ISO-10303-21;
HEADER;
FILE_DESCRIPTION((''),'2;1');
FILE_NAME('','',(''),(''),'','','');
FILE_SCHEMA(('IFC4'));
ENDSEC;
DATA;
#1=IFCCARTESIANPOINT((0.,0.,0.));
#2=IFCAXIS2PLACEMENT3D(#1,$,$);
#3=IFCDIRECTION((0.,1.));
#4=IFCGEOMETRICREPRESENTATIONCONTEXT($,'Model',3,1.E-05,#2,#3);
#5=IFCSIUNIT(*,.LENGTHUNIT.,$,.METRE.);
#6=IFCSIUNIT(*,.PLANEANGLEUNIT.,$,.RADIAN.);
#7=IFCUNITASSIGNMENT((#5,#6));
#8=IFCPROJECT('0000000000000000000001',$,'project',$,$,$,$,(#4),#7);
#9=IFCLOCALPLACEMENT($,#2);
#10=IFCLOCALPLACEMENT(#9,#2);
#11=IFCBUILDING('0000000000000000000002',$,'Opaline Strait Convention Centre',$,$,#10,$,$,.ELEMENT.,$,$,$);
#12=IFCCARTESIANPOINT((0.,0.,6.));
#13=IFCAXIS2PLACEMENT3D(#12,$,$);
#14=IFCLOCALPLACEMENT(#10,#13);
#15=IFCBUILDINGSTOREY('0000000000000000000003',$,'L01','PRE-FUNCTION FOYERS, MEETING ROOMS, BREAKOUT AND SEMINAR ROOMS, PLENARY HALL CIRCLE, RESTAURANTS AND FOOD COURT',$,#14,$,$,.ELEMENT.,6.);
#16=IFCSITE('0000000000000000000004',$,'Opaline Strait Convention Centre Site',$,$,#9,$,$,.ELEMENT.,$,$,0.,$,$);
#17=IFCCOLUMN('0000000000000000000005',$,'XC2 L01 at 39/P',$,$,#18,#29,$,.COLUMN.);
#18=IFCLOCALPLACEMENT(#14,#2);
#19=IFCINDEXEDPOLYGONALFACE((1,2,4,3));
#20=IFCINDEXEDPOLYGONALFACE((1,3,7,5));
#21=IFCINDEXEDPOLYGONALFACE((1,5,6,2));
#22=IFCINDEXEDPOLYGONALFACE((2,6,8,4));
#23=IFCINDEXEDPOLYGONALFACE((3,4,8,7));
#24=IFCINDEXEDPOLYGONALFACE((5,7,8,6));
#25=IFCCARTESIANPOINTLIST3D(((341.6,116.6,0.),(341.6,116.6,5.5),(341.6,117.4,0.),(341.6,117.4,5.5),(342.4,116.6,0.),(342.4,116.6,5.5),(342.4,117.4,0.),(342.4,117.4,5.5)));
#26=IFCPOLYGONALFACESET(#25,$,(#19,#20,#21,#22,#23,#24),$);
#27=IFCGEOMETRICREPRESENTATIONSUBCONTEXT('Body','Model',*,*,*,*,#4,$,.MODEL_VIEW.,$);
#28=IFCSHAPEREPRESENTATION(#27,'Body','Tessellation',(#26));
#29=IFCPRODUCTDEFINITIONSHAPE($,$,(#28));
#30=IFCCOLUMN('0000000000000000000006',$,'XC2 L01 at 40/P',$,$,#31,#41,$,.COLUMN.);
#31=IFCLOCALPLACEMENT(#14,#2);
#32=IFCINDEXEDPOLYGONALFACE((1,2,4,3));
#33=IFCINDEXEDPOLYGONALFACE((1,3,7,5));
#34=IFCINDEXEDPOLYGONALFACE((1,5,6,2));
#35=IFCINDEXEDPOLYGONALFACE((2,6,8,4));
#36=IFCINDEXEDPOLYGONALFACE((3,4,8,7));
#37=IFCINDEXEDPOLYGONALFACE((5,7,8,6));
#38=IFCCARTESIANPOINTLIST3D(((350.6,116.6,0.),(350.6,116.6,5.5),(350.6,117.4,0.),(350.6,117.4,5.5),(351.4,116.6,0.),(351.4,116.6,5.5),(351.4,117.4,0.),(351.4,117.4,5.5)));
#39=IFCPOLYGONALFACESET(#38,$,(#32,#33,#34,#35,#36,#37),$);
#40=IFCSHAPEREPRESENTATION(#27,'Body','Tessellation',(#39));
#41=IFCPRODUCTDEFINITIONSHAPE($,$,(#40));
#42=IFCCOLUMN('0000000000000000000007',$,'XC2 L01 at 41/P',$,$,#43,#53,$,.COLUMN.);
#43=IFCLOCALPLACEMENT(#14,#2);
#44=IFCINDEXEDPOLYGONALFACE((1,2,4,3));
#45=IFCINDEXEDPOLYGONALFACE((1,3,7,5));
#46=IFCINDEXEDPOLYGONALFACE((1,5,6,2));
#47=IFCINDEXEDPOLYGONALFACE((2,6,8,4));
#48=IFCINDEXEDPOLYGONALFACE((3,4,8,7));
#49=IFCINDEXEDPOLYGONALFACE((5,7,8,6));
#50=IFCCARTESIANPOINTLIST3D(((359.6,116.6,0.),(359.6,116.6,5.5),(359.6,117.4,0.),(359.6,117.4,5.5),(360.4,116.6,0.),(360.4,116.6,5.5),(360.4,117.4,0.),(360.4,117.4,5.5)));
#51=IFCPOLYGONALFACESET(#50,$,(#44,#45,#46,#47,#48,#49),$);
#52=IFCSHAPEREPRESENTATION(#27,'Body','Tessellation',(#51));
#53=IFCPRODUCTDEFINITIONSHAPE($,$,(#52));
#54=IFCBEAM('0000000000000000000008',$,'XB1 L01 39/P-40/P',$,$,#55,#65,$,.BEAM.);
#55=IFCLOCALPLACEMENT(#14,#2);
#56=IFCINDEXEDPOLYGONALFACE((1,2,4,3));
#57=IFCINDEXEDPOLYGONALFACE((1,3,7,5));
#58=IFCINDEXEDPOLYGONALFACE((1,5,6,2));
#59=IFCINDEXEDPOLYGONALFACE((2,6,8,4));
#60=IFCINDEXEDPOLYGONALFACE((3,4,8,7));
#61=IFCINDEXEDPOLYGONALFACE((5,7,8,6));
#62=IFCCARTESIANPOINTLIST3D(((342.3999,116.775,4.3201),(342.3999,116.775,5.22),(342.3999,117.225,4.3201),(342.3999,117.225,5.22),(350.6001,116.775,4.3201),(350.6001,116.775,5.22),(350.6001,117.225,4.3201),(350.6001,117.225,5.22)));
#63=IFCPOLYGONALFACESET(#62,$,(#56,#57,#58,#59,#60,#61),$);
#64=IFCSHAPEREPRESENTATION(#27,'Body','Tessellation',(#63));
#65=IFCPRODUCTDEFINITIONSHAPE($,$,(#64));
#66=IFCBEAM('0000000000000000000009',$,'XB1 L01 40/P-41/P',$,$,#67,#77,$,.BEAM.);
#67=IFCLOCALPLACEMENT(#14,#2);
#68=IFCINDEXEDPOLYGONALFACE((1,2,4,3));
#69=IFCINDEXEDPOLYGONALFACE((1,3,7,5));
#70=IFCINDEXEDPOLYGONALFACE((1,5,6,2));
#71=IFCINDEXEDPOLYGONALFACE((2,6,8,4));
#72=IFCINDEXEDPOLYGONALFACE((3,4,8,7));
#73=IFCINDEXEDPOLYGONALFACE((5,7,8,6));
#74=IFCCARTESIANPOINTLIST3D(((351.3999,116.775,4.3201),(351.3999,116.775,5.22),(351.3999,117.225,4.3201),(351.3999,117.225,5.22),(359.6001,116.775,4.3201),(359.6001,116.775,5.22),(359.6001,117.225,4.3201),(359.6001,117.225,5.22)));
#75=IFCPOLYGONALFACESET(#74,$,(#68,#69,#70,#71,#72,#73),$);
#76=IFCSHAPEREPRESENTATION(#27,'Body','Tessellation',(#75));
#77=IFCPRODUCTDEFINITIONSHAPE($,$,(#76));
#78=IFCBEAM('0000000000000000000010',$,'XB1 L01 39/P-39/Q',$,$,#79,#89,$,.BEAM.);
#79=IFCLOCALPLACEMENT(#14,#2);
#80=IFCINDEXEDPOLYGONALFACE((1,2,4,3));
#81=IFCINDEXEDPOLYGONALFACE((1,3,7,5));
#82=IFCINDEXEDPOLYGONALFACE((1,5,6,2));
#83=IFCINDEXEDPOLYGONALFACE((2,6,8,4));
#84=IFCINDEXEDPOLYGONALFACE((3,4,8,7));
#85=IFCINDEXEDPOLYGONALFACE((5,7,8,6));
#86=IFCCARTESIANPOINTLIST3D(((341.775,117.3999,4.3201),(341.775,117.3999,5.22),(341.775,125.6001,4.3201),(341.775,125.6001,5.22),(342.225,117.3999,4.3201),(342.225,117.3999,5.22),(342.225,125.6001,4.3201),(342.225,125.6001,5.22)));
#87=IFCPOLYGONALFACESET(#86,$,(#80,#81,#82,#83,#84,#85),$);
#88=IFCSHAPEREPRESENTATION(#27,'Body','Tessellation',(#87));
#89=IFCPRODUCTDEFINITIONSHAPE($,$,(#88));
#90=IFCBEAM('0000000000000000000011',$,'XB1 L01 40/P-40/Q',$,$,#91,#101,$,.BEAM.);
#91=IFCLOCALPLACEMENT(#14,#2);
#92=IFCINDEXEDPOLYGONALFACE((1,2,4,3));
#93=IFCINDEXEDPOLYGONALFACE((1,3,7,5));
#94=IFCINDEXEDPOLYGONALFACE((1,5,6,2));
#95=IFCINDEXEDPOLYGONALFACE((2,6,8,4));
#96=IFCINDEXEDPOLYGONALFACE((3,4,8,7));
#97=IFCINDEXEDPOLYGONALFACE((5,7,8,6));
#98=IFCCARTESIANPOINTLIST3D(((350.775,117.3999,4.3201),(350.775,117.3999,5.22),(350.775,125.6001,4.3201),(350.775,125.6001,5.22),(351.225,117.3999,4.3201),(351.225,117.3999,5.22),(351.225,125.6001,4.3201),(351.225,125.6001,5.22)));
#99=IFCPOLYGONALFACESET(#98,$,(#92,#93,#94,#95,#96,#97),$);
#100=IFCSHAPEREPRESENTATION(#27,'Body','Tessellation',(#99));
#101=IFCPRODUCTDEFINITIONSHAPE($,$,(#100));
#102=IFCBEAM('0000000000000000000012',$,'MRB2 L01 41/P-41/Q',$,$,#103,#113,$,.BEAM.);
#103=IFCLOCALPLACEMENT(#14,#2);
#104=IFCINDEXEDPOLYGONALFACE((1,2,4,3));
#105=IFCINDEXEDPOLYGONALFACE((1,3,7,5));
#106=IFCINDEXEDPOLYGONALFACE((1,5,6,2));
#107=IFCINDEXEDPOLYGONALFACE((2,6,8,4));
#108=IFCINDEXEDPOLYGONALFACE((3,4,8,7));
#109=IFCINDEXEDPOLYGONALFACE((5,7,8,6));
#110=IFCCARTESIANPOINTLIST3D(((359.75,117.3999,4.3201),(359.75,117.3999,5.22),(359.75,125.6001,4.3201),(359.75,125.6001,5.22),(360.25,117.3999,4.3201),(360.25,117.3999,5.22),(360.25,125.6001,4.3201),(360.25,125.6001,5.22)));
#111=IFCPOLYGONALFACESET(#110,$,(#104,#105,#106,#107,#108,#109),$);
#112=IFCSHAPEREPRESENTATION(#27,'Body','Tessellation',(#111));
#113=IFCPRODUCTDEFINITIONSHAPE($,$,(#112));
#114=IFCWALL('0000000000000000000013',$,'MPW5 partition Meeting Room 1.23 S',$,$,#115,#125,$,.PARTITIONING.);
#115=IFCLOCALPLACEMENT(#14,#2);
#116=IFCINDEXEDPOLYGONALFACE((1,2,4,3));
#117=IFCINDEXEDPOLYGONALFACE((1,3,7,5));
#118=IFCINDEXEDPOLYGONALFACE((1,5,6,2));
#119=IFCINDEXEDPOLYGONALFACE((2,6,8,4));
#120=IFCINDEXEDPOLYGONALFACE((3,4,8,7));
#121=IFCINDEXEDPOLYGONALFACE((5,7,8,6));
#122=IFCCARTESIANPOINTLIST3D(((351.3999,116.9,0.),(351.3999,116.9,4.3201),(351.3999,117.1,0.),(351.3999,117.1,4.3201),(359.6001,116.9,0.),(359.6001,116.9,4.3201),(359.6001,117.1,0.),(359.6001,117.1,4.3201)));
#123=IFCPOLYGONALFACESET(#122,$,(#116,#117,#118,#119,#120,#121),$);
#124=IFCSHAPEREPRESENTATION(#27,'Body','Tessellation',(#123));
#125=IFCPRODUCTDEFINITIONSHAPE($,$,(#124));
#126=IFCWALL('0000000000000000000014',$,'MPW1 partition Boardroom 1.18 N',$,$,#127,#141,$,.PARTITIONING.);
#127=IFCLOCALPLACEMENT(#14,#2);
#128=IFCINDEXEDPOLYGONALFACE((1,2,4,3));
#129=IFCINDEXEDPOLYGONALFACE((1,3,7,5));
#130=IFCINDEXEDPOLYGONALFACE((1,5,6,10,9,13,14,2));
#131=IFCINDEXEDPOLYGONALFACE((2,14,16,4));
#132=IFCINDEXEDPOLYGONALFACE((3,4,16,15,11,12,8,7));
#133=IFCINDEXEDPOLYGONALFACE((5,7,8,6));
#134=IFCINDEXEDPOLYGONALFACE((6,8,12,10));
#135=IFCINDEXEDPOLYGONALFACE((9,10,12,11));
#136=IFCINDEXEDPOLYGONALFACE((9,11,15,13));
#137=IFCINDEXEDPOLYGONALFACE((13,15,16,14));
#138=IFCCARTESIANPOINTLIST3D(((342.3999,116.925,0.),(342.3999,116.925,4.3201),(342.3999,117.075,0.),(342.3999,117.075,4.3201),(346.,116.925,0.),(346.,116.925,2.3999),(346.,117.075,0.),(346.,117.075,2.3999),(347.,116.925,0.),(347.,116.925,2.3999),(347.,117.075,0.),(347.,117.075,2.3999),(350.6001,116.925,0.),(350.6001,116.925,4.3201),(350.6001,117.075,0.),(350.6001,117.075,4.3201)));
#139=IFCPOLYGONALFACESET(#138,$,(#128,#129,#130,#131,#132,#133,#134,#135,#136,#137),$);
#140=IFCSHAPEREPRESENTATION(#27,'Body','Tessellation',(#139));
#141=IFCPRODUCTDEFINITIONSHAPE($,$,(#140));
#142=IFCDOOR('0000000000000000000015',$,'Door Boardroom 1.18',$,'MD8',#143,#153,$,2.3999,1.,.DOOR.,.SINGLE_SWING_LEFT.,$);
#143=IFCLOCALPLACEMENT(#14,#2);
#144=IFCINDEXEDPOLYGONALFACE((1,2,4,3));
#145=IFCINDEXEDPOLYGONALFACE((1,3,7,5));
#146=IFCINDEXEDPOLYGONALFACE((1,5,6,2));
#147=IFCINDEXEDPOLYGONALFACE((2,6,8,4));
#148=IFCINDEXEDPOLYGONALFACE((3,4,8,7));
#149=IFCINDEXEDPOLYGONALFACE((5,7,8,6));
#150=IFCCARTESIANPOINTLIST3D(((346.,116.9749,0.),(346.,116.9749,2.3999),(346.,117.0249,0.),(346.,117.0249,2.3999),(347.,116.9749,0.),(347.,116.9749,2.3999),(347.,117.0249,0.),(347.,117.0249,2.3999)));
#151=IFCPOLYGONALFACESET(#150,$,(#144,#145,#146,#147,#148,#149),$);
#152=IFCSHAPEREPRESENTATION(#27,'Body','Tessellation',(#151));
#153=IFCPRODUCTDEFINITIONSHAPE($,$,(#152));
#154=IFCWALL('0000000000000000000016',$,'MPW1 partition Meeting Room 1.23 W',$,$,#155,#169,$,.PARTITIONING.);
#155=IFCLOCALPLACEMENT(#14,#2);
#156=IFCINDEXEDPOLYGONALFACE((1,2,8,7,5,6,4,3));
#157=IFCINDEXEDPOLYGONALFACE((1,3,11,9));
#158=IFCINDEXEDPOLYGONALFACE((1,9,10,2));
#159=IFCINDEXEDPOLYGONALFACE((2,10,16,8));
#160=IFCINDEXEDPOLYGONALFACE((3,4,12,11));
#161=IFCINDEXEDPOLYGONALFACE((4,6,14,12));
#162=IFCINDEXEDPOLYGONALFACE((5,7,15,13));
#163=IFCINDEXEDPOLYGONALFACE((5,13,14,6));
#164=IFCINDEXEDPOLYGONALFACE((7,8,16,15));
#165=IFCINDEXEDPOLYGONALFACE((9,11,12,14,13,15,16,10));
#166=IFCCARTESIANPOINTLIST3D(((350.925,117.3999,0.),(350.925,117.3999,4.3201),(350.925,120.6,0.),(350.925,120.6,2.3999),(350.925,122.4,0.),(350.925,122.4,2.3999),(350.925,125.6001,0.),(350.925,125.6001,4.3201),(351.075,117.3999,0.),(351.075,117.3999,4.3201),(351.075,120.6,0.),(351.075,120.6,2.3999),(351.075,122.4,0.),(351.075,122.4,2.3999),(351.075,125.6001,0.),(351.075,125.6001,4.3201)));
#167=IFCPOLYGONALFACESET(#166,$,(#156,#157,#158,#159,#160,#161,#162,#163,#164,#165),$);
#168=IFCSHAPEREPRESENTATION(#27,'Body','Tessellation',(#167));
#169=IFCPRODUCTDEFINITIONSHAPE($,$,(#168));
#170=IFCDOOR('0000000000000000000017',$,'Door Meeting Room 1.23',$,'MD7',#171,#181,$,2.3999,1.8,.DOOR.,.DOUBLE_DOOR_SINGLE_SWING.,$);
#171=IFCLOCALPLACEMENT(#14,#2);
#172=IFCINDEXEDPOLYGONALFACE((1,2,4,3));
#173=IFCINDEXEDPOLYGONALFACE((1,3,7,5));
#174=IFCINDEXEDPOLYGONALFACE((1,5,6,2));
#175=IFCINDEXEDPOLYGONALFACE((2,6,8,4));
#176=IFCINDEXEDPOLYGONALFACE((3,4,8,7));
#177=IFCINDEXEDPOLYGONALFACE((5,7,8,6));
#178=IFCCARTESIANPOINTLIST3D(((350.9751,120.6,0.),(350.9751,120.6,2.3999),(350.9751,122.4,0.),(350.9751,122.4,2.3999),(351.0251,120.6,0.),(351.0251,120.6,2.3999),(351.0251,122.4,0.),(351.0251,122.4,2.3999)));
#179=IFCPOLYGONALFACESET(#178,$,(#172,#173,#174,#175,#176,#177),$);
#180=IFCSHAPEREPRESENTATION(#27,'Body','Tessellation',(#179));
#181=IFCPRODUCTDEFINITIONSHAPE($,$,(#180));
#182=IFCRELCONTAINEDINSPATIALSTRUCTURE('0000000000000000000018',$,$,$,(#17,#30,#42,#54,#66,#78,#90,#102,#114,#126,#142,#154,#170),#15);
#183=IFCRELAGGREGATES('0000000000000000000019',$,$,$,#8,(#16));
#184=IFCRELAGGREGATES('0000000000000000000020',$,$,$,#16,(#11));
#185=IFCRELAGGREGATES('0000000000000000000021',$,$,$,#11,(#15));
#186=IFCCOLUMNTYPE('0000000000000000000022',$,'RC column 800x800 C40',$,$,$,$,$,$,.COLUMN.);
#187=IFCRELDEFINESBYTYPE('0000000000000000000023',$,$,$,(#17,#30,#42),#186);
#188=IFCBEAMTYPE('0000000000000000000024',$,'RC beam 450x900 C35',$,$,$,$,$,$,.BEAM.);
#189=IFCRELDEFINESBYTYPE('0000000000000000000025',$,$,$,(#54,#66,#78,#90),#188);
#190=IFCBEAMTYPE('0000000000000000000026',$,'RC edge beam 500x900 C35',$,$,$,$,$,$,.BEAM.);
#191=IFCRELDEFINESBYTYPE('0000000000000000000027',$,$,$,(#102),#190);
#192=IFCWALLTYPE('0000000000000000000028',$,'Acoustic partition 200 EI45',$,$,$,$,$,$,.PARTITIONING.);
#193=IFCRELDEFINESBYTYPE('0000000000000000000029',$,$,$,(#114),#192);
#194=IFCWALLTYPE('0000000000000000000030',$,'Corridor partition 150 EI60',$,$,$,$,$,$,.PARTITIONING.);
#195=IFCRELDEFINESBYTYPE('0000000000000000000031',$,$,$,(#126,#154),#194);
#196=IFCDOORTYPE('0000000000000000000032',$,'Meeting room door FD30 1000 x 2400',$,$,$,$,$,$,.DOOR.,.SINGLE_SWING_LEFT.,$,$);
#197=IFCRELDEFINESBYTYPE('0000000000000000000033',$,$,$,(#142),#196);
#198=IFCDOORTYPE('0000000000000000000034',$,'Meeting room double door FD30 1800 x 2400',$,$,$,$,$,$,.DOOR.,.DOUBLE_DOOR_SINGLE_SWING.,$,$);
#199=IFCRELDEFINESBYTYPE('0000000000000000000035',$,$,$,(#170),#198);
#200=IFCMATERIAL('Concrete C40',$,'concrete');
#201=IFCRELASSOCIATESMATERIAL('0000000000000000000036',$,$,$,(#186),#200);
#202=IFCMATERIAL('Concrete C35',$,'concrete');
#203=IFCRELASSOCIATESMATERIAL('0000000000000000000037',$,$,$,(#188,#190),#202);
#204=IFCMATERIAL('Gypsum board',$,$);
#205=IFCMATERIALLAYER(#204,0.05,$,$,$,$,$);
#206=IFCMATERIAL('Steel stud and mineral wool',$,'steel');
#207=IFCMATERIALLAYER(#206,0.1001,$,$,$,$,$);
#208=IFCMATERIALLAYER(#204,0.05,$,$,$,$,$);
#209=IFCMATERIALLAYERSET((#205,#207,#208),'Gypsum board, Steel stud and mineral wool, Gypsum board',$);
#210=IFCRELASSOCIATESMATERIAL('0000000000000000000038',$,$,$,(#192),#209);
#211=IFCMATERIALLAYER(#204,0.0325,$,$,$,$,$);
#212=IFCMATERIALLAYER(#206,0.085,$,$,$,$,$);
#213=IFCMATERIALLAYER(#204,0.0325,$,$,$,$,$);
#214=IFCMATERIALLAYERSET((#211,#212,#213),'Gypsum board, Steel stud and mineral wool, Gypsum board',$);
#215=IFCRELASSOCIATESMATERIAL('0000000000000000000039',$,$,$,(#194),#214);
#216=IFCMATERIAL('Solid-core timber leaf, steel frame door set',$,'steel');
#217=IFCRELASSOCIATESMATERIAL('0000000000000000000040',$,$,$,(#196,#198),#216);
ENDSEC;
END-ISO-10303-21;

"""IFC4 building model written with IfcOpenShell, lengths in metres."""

from ifc_helpers import new_model, si_unit, direction, frame, frame_2d, origin, origin_2d, place, context, subcontext, project, spatial, rectangle, extrude, material, layer, layer_set, material_profile, profile_set, type_object, element, fill, save


model = new_model("IFC4")

# Units and contexts
model_context = context("Model", 3, precision=1e-05, world=origin(), true_north=direction((0.0, 1.0)))
body_context = subcontext(model_context, "Body", "Model", "MODEL_VIEW")
ifc_project = project(units=[si_unit("LENGTHUNIT", "METRE"), si_unit("PLANEANGLEUNIT", "RADIAN")], contexts=[model_context])

# Site, building, storey
site_placement = place(None, origin())
site = spatial("IfcSite", under=ifc_project, at=site_placement, Name="Opaline Strait Convention Centre Site", CompositionType="ELEMENT", RefElevation=0.0)
building_placement = place(site_placement, origin())
building = spatial("IfcBuilding", under=site, at=building_placement, Name="Opaline Strait Convention Centre", CompositionType="ELEMENT")
storey_placement = place(building_placement, frame((0.0, 0.0, 6.0)))
storey = spatial("IfcBuildingStorey", under=building, at=storey_placement, Name="L01", Description="PRE-FUNCTION FOYERS, MEETING ROOMS, BREAKOUT AND SEMINAR ROOMS, PLENARY HALL CIRCLE, RESTAURANTS AND FOOD COURT", CompositionType="ELEMENT", Elevation=6.0)

# Columns
ifc_material_1 = material(Name="Concrete C40", Category="concrete")
ifc_material_profile_1 = material_profile(ifc_material_1, rectangle(XDim=0.8, YDim=0.8, at=origin_2d()), Name="RC 800x800")
ifc_profile_set_1 = profile_set([ifc_material_profile_1], Name="Concrete C40")
column_type = type_object("IfcColumnType", Name="RC column 800x800 C40", PredefinedType="COLUMN", material=ifc_profile_set_1)
for number, where, z_axis, x_axis, name in (
    (1, (342.0, 117.0, 0.0), (0.0, 0.0, 1.0), (1.0, 0.0, 0.0), "XC2 L01 at 39/P"),
    (2, (351.0, 117.0, 0.0), (0.0, 0.0, 1.0), (1.0, 0.0, 0.0), "XC2 L01 at 40/P"),
    (3, (360.0, 117.0, 0.0), (0.0, 0.0, 1.0), (1.0, 0.0, 0.0), "XC2 L01 at 41/P"),
):
    element("IfcColumn", number, at=place(storey_placement, frame(where, z_axis=z_axis, x_axis=x_axis)), inside=storey, type_object=column_type, Name=name, PredefinedType="COLUMN", context=body_context, shape_type="SweptSolid", body=[
        extrude(rectangle(XDim=0.8, YDim=0.8, at=origin_2d()), origin(), (0.0, 0.0, 1.0), 5.5),
    ])

# Beams
ifc_material_2 = material(Name="Concrete C35", Category="concrete")
ifc_material_profile_2 = material_profile(ifc_material_2, rectangle(XDim=0.45, YDim=0.8999, at=origin_2d()), Name="RC 450x900")
ifc_profile_set_2 = profile_set([ifc_material_profile_2], Name="Concrete C35")
beam_type_1 = type_object("IfcBeamType", Name="RC beam 450x900 C35", PredefinedType="BEAM", material=ifc_profile_set_2)
for number, where, z_axis, x_axis, name in (
    (4, (342.3999, 117.0, 4.77), (1.0, 0.0, 0.0), (0.0, 1.0, 0.0), "XB1 L01 39/P-40/P"),
    (5, (351.3999, 117.0, 4.77), (1.0, 0.0, 0.0), (0.0, 1.0, 0.0), "XB1 L01 40/P-41/P"),
    (6, (342.0, 117.3999, 4.77), (0.0, 1.0, 0.0), (-1.0, 0.0, 0.0), "XB1 L01 39/P-39/Q"),
    (7, (351.0, 117.3999, 4.77), (0.0, 1.0, 0.0), (-1.0, 0.0, 0.0), "XB1 L01 40/P-40/Q"),
):
    element("IfcBeam", number, at=place(storey_placement, frame(where, z_axis=z_axis, x_axis=x_axis)), inside=storey, type_object=beam_type_1, Name=name, PredefinedType="BEAM", context=body_context, shape_type="SweptSolid", body=[
        extrude(rectangle(XDim=0.45, YDim=0.8999, at=origin_2d()), origin(), (0.0, 0.0, 1.0), 8.2002),
    ])
ifc_material_profile_3 = material_profile(ifc_material_2, rectangle(XDim=0.5, YDim=0.8999, at=origin_2d()), Name="RC 500x900")
ifc_profile_set_3 = profile_set([ifc_material_profile_3], Name="Concrete C35")
beam_type_2 = type_object("IfcBeamType", Name="RC edge beam 500x900 C35", PredefinedType="BEAM", material=ifc_profile_set_3)
beam_placement = place(storey_placement, frame((360.0, 117.3999, 4.77), z_axis=(0.0, 1.0, 0.0), x_axis=(-1.0, 0.0, 0.0)))
element("IfcBeam", 8, at=beam_placement, inside=storey, type_object=beam_type_2, Name="MRB2 L01 41/P-41/Q", PredefinedType="BEAM", context=body_context, shape_type="SweptSolid", body=[
    extrude(rectangle(XDim=0.5, YDim=0.8999, at=origin_2d()), origin(), (0.0, 0.0, 1.0), 8.2002),
])

# Wall
ifc_material_3 = material(Name="Gypsum board")
ifc_layer_1 = layer(ifc_material_3, 0.05)
ifc_material_4 = material(Name="Steel stud and mineral wool", Category="steel")
ifc_layer_2 = layer(ifc_material_4, 0.1001)
ifc_layer_3 = layer(ifc_material_3, 0.05)
ifc_layer_set_1 = layer_set([ifc_layer_1, ifc_layer_2, ifc_layer_3], Name="Gypsum board, Steel stud and mineral wool, Gypsum board")
wall_type_1 = type_object("IfcWallType", Name="Acoustic partition 200 EI45", PredefinedType="PARTITIONING", material=ifc_layer_set_1)
wall_1_placement = place(storey_placement, frame((351.3999, 117.0, 0.0), z_axis=(0.0, 0.0, 1.0), x_axis=(1.0, 0.0, 0.0)))
element("IfcWall", 9, at=wall_1_placement, inside=storey, type_object=wall_type_1, Name="MPW5 partition Meeting Room 1.23 S", PredefinedType="PARTITIONING", context=body_context, shape_type="SweptSolid", body=[
    extrude(rectangle(XDim=8.2002, YDim=0.2, at=frame_2d((4.1001, 0.0))), origin(), (0.0, 0.0, 1.0), 4.3201),
])

# Walls, openings, doors
ifc_layer_4 = layer(ifc_material_3, 0.0325)
ifc_layer_5 = layer(ifc_material_4, 0.085)
ifc_layer_6 = layer(ifc_material_3, 0.0325)
ifc_layer_set_2 = layer_set([ifc_layer_4, ifc_layer_5, ifc_layer_6], Name="Gypsum board, Steel stud and mineral wool, Gypsum board")
wall_type_2 = type_object("IfcWallType", Name="Corridor partition 150 EI60", PredefinedType="PARTITIONING", material=ifc_layer_set_2)
wall_2_placement = place(storey_placement, frame((342.3999, 117.0, 0.0), z_axis=(0.0, 0.0, 1.0), x_axis=(1.0, 0.0, 0.0)))
wall_2 = element("IfcWall", 10, at=wall_2_placement, inside=storey, type_object=wall_type_2, Name="MPW1 partition Boardroom 1.18 N", PredefinedType="PARTITIONING", context=body_context, shape_type="SweptSolid", body=[
    extrude(rectangle(XDim=8.2002, YDim=0.1499, at=frame_2d((4.1001, 0.0))), origin(), (0.0, 0.0, 1.0), 4.3201),
])
opening_1_placement = place(wall_2_placement, frame((3.6001, 0.0, 0.0)))
opening_1 = element("IfcOpeningElement", 11, at=opening_1_placement, cuts=wall_2, PredefinedType="OPENING", context=body_context, shape_type="SweptSolid", body=[
    extrude(rectangle(XDim=1.0, YDim=2.3999, at=frame_2d((0.5, 1.2))), frame((0.0, 0.085, 0.0), z_axis=(0.0, -1.0, 0.0), x_axis=(1.0, 0.0, 0.0)), (0.0, 0.0, 1.0), 0.1699),
])
ifc_material_5 = material(Name="Solid-core timber leaf, steel frame door set", Category="steel")
door_type_1 = type_object("IfcDoorType", Name="Meeting room door FD30 1000 x 2400", OperationType="SINGLE_SWING_LEFT", PredefinedType="DOOR", material=ifc_material_5)
door_1_placement = place(opening_1_placement, origin())
door_1 = element("IfcDoor", 12, at=door_1_placement, inside=storey, type_object=door_type_1, Name="Door Boardroom 1.18", ObjectType="MD8", OperationType="SINGLE_SWING_LEFT", OverallHeight=2.3999, OverallWidth=1.0, PredefinedType="DOOR", context=body_context, shape_type="SweptSolid", body=[
    extrude(rectangle(XDim=1.0, YDim=2.3999, at=frame_2d((0.5, 1.2))), frame((0.0, 0.0249, 0.0), z_axis=(0.0, -1.0, 0.0), x_axis=(1.0, 0.0, 0.0)), (0.0, 0.0, 1.0), 0.05),
])
fill(opening_1, door_1)
wall_3_placement = place(storey_placement, frame((351.0, 117.3999, 0.0), z_axis=(0.0, 0.0, 1.0), x_axis=(0.0, 1.0, 0.0)))
wall_3 = element("IfcWall", 13, at=wall_3_placement, inside=storey, type_object=wall_type_2, Name="MPW1 partition Meeting Room 1.23 W", PredefinedType="PARTITIONING", context=body_context, shape_type="SweptSolid", body=[
    extrude(rectangle(XDim=8.2002, YDim=0.1499, at=frame_2d((4.1001, 0.0))), origin(), (0.0, 0.0, 1.0), 4.3201),
])
opening_2_placement = place(wall_3_placement, frame((3.2002, 0.0, 0.0)))
opening_2 = element("IfcOpeningElement", 14, at=opening_2_placement, cuts=wall_3, PredefinedType="OPENING", context=body_context, shape_type="SweptSolid", body=[
    extrude(rectangle(XDim=1.8, YDim=2.3999, at=frame_2d((0.8999, 1.2))), frame((0.0, 0.085, 0.0), z_axis=(0.0, -1.0, 0.0), x_axis=(1.0, 0.0, 0.0)), (0.0, 0.0, 1.0), 0.1699),
])
door_type_2 = type_object("IfcDoorType", Name="Meeting room double door FD30 1800 x 2400", OperationType="DOUBLE_DOOR_SINGLE_SWING", PredefinedType="DOOR", material=ifc_material_5)
door_2_placement = place(opening_2_placement, origin())
door_2 = element("IfcDoor", 15, at=door_2_placement, inside=storey, type_object=door_type_2, Name="Door Meeting Room 1.23", ObjectType="MD7", OperationType="DOUBLE_DOOR_SINGLE_SWING", OverallHeight=2.3999, OverallWidth=1.8, PredefinedType="DOOR", context=body_context, shape_type="SweptSolid", body=[
    extrude(rectangle(XDim=1.8, YDim=2.3999, at=frame_2d((0.8999, 1.2))), frame((0.0, 0.0249, 0.0), z_axis=(0.0, -1.0, 0.0), x_axis=(1.0, 0.0, 0.0)), (0.0, 0.0, 1.0), 0.05),
])
fill(opening_2, door_2)

save(model, "model.ifc")
